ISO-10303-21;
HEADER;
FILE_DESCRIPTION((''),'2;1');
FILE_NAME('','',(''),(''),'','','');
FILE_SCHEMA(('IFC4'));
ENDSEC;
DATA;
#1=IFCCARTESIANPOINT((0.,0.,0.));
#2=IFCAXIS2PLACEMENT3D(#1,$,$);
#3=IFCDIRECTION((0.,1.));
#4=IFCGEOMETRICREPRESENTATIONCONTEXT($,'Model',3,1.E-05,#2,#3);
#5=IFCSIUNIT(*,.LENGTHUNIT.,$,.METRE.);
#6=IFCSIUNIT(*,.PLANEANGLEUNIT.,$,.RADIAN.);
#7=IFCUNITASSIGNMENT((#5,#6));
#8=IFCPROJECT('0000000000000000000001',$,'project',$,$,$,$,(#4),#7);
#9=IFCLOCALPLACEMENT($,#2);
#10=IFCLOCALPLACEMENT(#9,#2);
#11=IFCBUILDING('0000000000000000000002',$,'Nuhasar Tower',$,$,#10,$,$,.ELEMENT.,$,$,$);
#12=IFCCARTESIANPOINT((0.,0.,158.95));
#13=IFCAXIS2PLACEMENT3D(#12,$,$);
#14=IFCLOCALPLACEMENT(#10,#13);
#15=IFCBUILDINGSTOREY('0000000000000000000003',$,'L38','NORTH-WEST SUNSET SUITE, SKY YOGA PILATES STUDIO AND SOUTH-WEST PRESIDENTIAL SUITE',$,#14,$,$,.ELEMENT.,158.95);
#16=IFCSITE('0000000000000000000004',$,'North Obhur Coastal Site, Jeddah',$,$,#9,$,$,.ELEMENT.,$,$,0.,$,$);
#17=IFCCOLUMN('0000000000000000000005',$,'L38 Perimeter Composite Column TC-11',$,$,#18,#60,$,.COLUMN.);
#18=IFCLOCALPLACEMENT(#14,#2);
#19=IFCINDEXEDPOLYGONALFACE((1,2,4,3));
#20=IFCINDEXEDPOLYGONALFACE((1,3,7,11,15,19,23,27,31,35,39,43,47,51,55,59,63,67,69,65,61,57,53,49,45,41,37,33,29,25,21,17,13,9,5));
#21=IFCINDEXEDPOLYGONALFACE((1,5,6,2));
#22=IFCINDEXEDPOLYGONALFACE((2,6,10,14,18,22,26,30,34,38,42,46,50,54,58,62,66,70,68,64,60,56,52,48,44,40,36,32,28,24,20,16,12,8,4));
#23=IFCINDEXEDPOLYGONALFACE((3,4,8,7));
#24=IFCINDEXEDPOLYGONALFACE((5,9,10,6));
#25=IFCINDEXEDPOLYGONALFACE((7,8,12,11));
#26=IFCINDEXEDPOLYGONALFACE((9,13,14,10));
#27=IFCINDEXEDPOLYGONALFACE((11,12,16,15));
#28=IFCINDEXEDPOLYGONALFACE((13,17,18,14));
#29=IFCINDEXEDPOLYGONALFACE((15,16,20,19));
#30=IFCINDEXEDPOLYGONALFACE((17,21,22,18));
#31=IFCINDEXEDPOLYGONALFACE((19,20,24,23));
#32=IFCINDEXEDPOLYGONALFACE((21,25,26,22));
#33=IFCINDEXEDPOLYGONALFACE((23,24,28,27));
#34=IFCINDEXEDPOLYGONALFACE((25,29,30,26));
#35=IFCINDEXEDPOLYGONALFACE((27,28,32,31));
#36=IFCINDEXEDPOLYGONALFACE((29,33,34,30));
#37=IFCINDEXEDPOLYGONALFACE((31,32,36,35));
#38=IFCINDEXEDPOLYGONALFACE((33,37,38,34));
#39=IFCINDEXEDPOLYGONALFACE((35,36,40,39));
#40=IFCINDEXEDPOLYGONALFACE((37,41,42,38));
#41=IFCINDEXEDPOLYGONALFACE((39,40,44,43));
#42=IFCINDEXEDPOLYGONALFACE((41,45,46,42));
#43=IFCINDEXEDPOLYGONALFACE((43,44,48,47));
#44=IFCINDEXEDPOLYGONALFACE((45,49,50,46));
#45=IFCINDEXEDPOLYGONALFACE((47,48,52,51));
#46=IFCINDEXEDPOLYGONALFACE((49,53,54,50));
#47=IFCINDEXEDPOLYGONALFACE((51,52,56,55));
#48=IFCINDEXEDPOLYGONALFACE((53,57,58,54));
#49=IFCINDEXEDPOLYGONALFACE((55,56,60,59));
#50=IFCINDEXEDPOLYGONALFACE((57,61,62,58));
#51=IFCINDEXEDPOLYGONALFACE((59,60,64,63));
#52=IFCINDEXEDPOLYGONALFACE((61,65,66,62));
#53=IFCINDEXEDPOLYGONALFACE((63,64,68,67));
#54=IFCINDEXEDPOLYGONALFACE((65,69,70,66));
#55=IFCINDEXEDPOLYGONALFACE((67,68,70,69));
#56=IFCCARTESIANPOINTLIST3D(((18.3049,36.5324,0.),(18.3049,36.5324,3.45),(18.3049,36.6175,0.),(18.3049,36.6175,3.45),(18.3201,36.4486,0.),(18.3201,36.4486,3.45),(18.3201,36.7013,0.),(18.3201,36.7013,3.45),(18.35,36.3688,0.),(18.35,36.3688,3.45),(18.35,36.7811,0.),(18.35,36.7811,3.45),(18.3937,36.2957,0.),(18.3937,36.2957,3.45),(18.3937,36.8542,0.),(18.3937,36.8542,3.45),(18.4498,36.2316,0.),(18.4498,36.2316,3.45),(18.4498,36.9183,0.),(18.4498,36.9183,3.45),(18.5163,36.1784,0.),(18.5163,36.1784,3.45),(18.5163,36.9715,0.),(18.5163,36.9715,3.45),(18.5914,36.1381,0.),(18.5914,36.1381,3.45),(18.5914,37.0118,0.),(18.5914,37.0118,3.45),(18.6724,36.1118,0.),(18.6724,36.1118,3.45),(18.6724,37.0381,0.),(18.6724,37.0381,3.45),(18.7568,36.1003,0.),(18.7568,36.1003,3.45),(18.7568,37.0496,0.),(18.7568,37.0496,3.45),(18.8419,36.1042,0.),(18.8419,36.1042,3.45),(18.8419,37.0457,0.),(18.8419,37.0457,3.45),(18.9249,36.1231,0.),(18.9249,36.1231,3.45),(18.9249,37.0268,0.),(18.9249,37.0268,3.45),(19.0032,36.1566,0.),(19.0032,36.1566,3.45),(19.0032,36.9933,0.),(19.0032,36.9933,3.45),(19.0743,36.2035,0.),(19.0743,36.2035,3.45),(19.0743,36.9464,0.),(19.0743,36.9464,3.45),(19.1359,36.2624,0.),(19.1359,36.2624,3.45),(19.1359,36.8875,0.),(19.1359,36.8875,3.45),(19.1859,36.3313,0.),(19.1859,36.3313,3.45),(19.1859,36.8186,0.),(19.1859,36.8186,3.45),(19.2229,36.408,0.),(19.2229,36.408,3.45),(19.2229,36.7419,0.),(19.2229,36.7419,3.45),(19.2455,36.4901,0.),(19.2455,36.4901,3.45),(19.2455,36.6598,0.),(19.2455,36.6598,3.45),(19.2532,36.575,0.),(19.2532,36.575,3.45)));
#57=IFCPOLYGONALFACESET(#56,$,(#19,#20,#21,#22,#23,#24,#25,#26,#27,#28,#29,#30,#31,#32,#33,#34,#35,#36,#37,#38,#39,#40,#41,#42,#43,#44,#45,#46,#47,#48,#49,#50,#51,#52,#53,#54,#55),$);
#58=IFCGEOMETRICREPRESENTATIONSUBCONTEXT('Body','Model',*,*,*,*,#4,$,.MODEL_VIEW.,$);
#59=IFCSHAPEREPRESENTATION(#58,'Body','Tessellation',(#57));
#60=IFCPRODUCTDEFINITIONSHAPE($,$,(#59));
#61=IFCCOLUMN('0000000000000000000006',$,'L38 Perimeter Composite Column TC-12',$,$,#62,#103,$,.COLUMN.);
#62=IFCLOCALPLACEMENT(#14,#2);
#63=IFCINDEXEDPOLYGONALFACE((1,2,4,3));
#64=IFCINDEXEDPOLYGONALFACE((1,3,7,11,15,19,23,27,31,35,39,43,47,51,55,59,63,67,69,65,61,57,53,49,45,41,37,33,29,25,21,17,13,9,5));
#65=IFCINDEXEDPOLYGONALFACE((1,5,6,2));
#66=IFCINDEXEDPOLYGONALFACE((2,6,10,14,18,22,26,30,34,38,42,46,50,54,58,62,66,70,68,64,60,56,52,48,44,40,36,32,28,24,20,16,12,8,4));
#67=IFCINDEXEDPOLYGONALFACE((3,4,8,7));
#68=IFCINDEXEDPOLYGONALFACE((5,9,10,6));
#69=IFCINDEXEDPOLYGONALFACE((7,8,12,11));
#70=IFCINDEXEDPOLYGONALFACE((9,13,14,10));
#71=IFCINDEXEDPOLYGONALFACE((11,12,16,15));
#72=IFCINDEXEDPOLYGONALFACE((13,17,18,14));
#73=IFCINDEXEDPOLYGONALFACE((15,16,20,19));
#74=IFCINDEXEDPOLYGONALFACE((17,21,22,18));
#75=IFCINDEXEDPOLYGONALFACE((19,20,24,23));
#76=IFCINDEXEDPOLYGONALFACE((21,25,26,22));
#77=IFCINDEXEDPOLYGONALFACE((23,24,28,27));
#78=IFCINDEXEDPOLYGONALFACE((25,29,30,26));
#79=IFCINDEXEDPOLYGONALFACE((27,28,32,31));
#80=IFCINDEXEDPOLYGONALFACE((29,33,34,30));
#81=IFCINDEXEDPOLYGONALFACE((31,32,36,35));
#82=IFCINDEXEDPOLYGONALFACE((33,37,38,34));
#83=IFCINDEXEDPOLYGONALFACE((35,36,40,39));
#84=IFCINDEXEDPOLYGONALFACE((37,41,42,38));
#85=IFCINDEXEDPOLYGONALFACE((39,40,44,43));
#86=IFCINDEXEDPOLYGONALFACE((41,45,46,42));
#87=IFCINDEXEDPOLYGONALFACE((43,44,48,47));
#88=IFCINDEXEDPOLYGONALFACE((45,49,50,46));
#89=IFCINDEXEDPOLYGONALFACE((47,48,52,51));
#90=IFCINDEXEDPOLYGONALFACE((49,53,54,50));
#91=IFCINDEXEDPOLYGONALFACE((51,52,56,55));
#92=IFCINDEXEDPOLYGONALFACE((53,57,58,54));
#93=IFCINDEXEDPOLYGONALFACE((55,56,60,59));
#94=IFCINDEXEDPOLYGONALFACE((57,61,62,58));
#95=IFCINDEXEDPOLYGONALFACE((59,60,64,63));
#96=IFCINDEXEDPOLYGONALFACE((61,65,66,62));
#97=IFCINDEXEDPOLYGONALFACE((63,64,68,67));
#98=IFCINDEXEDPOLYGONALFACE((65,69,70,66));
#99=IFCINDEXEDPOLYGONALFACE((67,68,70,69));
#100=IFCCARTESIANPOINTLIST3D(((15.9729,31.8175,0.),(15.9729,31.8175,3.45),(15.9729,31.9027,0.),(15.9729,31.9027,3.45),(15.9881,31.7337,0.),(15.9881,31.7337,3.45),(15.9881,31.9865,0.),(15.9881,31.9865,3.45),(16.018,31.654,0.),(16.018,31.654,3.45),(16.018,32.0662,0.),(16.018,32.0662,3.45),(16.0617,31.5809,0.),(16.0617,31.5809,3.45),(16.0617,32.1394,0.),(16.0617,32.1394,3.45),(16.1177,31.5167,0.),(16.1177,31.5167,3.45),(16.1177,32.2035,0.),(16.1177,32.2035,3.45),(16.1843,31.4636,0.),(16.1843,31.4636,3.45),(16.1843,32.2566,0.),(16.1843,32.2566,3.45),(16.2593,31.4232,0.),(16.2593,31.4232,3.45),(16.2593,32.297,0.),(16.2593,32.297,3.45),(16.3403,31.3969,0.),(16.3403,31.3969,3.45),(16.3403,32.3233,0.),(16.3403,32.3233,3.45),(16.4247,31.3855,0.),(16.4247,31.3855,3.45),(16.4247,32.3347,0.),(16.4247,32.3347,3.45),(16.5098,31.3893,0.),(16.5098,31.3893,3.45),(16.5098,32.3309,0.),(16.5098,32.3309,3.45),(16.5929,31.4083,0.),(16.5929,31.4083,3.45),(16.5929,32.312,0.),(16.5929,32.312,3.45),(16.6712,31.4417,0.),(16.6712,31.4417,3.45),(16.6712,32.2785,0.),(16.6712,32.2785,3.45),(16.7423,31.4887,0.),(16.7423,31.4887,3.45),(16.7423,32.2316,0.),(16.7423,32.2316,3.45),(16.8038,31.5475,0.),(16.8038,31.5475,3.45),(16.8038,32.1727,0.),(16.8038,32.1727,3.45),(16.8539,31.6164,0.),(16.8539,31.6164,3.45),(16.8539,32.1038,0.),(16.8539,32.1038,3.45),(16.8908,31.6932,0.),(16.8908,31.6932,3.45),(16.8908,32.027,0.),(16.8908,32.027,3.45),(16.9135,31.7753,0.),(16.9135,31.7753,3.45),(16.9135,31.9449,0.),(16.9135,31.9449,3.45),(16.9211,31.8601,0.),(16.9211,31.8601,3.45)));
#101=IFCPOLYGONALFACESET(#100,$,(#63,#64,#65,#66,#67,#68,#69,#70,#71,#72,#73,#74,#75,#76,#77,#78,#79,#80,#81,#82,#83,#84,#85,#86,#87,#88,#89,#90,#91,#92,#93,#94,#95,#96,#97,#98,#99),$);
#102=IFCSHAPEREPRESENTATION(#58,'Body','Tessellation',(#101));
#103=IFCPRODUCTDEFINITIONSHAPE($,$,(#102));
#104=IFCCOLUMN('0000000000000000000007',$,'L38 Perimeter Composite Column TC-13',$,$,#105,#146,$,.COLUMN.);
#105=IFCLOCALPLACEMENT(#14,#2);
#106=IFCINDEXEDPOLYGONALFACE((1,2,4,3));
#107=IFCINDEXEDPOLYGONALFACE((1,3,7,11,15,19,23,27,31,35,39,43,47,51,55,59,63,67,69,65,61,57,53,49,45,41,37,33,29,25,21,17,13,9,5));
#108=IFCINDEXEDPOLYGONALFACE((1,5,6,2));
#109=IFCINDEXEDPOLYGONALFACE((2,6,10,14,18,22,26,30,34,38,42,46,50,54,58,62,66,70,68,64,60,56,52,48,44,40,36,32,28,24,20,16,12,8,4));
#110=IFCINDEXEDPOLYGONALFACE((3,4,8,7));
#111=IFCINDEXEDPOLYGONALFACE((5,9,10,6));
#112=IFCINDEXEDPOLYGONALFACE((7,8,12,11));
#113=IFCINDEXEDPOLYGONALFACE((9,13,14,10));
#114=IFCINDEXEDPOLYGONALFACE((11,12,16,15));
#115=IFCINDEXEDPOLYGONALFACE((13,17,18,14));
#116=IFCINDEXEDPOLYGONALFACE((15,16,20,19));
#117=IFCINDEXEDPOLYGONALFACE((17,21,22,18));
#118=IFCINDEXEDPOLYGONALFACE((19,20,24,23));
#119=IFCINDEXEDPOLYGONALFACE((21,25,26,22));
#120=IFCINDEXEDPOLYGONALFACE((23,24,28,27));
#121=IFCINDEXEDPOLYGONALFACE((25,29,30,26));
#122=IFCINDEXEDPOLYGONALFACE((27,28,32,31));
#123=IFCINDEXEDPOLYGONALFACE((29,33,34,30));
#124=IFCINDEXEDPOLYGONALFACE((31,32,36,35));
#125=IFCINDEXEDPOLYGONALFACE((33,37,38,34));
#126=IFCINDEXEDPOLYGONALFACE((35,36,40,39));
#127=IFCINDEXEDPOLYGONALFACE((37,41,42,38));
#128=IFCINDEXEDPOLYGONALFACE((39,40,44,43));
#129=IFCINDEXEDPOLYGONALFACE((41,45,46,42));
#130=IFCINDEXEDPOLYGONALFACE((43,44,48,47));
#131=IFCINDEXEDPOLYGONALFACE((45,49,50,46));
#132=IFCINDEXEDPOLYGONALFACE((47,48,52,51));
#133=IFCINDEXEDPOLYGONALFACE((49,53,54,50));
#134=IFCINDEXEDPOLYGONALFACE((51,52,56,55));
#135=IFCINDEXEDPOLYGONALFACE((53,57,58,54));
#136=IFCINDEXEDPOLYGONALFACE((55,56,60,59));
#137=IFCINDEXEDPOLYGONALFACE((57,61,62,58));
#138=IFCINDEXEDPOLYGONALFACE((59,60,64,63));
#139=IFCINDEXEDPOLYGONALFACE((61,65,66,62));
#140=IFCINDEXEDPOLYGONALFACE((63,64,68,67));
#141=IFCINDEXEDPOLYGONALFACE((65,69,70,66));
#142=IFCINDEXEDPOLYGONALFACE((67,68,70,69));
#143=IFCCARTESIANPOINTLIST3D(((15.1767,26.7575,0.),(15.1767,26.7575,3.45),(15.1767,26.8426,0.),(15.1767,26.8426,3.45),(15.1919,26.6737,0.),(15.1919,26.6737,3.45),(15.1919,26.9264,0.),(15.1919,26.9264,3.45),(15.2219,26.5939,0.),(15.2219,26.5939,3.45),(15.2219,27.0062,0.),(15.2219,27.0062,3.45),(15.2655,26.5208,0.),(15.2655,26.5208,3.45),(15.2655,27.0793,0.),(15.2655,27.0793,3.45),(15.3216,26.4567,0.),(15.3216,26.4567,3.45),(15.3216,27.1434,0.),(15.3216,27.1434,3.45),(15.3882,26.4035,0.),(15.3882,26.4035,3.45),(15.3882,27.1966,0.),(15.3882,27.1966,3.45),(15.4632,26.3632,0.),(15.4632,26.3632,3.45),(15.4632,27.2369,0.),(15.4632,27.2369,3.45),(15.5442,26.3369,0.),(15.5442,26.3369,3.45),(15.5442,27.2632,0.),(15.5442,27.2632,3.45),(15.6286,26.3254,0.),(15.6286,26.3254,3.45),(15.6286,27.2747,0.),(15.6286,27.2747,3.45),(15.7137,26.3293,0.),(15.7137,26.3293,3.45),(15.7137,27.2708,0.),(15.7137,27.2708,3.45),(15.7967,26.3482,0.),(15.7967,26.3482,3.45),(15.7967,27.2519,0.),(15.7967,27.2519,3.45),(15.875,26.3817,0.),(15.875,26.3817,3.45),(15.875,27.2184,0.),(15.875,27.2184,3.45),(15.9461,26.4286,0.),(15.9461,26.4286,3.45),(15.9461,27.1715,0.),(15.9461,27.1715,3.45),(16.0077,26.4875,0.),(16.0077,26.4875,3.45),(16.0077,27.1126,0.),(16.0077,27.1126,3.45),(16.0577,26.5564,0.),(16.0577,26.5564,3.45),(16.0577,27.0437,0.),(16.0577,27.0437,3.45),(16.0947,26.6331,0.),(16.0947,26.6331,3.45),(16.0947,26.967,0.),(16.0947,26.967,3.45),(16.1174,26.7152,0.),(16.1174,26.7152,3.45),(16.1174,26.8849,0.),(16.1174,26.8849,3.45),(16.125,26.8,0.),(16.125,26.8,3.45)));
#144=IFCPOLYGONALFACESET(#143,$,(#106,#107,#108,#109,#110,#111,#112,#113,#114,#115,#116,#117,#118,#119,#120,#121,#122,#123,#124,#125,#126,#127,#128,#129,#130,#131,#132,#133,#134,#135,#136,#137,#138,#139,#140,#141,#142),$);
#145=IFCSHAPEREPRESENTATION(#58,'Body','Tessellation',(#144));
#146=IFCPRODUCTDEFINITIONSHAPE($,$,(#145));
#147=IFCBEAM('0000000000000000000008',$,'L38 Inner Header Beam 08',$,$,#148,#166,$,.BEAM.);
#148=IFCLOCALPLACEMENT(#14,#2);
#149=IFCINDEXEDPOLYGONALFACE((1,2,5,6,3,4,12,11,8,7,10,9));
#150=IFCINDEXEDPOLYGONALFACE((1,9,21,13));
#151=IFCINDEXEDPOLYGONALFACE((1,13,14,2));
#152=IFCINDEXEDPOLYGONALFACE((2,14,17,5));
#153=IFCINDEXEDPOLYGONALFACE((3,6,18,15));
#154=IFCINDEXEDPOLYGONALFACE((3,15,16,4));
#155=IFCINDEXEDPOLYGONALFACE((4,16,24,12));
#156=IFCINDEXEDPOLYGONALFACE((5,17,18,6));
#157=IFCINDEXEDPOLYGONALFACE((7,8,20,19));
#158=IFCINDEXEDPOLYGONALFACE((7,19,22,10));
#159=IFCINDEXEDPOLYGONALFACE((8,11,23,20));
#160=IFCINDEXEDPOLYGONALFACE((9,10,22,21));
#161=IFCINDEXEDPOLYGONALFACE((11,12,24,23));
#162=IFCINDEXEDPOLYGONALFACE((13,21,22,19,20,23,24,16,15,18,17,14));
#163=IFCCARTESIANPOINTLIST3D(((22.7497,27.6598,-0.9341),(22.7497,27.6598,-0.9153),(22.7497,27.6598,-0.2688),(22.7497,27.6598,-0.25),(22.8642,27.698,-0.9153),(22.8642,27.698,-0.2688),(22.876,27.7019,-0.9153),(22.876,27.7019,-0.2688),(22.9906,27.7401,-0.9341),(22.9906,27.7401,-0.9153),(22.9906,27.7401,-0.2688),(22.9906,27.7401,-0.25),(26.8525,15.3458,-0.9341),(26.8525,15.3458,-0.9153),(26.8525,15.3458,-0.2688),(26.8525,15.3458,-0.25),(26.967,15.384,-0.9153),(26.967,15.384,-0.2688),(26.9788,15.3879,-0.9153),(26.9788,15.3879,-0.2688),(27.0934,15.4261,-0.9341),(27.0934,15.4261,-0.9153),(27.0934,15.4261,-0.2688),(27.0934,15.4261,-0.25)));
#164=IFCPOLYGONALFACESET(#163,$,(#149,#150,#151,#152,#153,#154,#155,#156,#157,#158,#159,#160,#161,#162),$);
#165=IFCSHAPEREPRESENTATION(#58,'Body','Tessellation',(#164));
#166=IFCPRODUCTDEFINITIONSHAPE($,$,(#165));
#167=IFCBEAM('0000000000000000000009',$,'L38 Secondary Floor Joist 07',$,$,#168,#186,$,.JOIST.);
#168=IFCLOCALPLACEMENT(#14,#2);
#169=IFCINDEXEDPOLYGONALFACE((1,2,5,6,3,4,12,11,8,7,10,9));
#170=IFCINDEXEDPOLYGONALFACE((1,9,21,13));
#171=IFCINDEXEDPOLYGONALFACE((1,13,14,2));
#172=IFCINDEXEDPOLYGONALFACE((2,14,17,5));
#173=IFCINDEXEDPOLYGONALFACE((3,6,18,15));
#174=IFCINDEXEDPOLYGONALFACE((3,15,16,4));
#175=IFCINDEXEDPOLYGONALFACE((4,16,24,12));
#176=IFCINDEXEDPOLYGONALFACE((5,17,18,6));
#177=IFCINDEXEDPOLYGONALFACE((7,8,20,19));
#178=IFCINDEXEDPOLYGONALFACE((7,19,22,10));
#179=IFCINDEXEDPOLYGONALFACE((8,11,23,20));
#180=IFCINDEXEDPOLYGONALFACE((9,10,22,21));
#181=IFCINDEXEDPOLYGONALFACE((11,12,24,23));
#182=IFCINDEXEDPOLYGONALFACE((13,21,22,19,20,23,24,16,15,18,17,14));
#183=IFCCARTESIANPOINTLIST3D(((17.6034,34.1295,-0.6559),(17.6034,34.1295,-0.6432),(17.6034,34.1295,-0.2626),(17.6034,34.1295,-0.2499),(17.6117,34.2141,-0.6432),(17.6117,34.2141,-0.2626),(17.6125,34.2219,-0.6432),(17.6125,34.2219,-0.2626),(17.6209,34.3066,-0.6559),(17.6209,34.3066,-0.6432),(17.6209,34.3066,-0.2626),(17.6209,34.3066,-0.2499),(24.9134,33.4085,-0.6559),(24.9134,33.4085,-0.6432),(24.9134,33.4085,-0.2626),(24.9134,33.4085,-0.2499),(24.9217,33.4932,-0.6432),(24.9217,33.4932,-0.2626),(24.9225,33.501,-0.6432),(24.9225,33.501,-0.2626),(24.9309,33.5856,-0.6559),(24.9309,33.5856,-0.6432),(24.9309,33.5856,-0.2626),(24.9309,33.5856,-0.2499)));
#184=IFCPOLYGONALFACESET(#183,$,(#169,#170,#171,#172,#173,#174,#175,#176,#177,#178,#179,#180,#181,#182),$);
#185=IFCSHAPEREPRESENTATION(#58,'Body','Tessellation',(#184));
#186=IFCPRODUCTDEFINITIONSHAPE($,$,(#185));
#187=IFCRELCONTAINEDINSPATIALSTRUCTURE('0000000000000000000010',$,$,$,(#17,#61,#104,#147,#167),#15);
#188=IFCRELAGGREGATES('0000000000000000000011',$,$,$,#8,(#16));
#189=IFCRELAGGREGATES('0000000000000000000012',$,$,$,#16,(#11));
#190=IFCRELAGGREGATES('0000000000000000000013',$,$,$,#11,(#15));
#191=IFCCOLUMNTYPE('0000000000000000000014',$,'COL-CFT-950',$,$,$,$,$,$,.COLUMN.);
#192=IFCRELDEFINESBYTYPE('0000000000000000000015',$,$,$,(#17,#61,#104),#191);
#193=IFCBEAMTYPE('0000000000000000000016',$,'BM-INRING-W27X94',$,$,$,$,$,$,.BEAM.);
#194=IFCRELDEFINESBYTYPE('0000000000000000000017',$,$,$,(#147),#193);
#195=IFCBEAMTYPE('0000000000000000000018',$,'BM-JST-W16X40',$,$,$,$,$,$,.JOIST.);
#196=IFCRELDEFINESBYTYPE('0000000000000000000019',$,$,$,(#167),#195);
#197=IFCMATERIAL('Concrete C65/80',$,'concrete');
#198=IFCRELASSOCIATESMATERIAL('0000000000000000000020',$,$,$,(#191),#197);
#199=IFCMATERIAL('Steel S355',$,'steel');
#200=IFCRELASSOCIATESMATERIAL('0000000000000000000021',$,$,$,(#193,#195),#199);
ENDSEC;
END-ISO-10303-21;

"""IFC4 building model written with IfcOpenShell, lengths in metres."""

from ifc_helpers import new_model, si_unit, direction, frame, origin, origin_2d, place, context, subcontext, project, spatial, circle, i_section, extrude, material, material_profile, profile_set, type_object, element, save


model = new_model("IFC4")

# Units and contexts
model_context = context("Model", 3, precision=1e-05, world=origin(), true_north=direction((0.0, 1.0)))
body_context = subcontext(model_context, "Body", "Model", "MODEL_VIEW")
ifc_project = project(units=[si_unit("LENGTHUNIT", "METRE"), si_unit("PLANEANGLEUNIT", "RADIAN")], contexts=[model_context])

# Site, building, storey
site_placement = place(None, origin())
site = spatial("IfcSite", under=ifc_project, at=site_placement, Name="North Obhur Coastal Site, Jeddah", CompositionType="ELEMENT", RefElevation=0.0)
building_placement = place(site_placement, origin())
building = spatial("IfcBuilding", under=site, at=building_placement, Name="Nuhasar Tower", CompositionType="ELEMENT")
storey_placement = place(building_placement, frame((0.0, 0.0, 158.95)))
storey = spatial("IfcBuildingStorey", under=building, at=storey_placement, Name="L38", Description="NORTH-WEST SUNSET SUITE, SKY YOGA PILATES STUDIO AND SOUTH-WEST PRESIDENTIAL SUITE", CompositionType="ELEMENT", Elevation=158.95)

# Columns
ifc_material_1 = material(Name="Concrete C65/80", Category="concrete")
ifc_material_profile_1 = material_profile(ifc_material_1, circle(Radius=0.4751, at=origin_2d()), Name="CFT950")
ifc_profile_set_1 = profile_set([ifc_material_profile_1], Name="Concrete C65/80")
column_type = type_object("IfcColumnType", Name="COL-CFT-950", PredefinedType="COLUMN", material=ifc_profile_set_1)
for number, where, z_axis, x_axis, name in (
    (1, (18.7781, 36.575, 0.0), (0.0, 0.0, 1.0), (1.0, 0.0, 0.0), "L38 Perimeter Composite Column TC-11"),
    (2, (16.446, 31.8601, 0.0), (0.0, 0.0, 1.0), (1.0, 0.0, 0.0), "L38 Perimeter Composite Column TC-12"),
    (3, (15.6499, 26.8, 0.0), (0.0, 0.0, 1.0), (1.0, 0.0, 0.0), "L38 Perimeter Composite Column TC-13"),
):
    element("IfcColumn", number, at=place(storey_placement, frame(where, z_axis=z_axis, x_axis=x_axis)), inside=storey, type_object=column_type, Name=name, PredefinedType="COLUMN", context=body_context, shape_type="SweptSolid", body=[
        extrude(circle(Radius=0.4751, at=origin_2d()), origin(), (0.0, 0.0, 1.0), 3.45),
    ])

# Beams
ifc_material_2 = material(Name="Steel S355", Category="steel")
ifc_material_profile_2 = material_profile(ifc_material_2, i_section(OverallWidth=0.2539, OverallDepth=0.6841, WebThickness=0.0125, FlangeThickness=0.0188, at=origin_2d()), Name="W27X94")
ifc_profile_set_2 = profile_set([ifc_material_profile_2], Name="Steel S355")
beam_type_1 = type_object("IfcBeamType", Name="BM-INRING-W27X94", PredefinedType="BEAM", material=ifc_profile_set_2)
beam_1_placement = place(storey_placement, frame((22.8701, 27.7, -0.592), z_axis=(0.316098, -0.948727, 0.0), x_axis=(0.948727, 0.316098, 0.0)))
element("IfcBeam", 4, at=beam_1_placement, inside=storey, type_object=beam_type_1, Name="L38 Inner Header Beam 08", PredefinedType="BEAM", context=body_context, shape_type="SweptSolid", body=[
    extrude(i_section(OverallWidth=0.2539, OverallDepth=0.6841, WebThickness=0.0125, FlangeThickness=0.0188, at=origin_2d()), origin(), (0.0, 0.0, 1.0), 12.9795),
])
ifc_material_profile_3 = material_profile(ifc_material_2, i_section(OverallWidth=0.178, OverallDepth=0.406, WebThickness=0.0078, FlangeThickness=0.0127, at=origin_2d()), Name="W16X40")
ifc_profile_set_3 = profile_set([ifc_material_profile_3], Name="Steel S355")
beam_type_2 = type_object("IfcBeamType", Name="BM-JST-W16X40", PredefinedType="JOIST", material=ifc_profile_set_3)
beam_2_placement = place(storey_placement, frame((24.9221, 33.4971, -0.4529), z_axis=(-0.995172, 0.098148, 0.0), x_axis=(-0.098148, -0.995172, 0.0)))
element("IfcBeam", 5, at=beam_2_placement, inside=storey, type_object=beam_type_2, Name="L38 Secondary Floor Joist 07", PredefinedType="JOIST", context=body_context, shape_type="SweptSolid", body=[
    extrude(i_section(OverallWidth=0.178, OverallDepth=0.406, WebThickness=0.0078, FlangeThickness=0.0127, at=origin_2d()), origin(), (0.0, 0.0, 1.0), 7.3455),
])

save(model, "model.ifc")
